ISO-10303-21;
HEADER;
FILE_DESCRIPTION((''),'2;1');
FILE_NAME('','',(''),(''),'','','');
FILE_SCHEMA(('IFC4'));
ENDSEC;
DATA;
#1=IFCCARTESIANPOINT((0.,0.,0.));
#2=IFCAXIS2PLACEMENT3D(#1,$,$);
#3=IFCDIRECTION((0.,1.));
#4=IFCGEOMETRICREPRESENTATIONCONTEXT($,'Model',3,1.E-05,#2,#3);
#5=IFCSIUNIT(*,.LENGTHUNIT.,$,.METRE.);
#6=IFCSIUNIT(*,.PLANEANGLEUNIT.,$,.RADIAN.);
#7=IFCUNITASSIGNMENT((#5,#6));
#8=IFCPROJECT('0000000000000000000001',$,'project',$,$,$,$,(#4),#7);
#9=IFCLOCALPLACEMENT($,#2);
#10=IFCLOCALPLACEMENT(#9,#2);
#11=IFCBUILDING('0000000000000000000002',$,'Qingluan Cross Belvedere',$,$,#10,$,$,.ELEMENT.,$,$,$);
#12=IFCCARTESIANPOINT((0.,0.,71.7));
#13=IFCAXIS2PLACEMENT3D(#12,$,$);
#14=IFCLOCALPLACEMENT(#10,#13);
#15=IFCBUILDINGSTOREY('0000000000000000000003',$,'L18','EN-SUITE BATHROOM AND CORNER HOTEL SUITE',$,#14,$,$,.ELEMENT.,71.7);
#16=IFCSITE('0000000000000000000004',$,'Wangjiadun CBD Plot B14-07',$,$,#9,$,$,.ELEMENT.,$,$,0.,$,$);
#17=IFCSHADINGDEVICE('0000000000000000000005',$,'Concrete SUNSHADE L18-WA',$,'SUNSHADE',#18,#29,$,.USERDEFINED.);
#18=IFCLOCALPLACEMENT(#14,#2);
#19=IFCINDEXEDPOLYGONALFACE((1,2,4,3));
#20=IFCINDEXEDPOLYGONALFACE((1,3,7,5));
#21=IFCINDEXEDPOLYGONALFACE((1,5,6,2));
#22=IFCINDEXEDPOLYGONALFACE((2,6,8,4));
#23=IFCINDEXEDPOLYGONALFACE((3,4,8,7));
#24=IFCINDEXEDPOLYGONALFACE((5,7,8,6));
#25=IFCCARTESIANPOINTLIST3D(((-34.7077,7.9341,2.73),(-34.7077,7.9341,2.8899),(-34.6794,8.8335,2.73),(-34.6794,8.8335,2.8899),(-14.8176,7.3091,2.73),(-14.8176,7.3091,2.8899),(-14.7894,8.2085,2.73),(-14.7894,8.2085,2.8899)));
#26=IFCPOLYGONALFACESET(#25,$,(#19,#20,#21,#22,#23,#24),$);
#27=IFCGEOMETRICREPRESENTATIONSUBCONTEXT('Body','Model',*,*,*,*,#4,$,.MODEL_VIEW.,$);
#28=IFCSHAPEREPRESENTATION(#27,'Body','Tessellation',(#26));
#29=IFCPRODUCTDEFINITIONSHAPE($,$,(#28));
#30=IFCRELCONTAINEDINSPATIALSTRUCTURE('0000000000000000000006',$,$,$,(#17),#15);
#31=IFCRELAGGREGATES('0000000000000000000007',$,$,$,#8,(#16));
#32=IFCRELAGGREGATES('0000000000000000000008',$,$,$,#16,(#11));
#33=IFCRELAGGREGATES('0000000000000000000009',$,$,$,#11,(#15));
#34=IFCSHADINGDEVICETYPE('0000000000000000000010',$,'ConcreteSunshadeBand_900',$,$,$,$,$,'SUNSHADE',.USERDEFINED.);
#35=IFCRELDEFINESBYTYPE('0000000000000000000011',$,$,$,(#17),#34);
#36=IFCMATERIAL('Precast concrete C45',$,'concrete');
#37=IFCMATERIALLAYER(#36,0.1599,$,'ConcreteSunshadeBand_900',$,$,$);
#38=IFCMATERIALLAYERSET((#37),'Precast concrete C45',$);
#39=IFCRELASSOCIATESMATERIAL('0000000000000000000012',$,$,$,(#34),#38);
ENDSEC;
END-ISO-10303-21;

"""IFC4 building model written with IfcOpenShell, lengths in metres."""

from ifc_helpers import new_model, si_unit, direction, frame, origin, origin_2d, place, context, subcontext, project, spatial, rectangle, extrude, material, layer, layer_set, type_object, element, save


model = new_model("IFC4")

# Units and contexts
model_context = context("Model", 3, precision=1e-05, world=origin(), true_north=direction((0.0, 1.0)))
body_context = subcontext(model_context, "Body", "Model", "MODEL_VIEW")
ifc_project = project(units=[si_unit("LENGTHUNIT", "METRE"), si_unit("PLANEANGLEUNIT", "RADIAN")], contexts=[model_context])

# Site, building, storey
site_placement = place(None, origin())
site = spatial("IfcSite", under=ifc_project, at=site_placement, Name="Wangjiadun CBD Plot B14-07", CompositionType="ELEMENT", RefElevation=0.0)
building_placement = place(site_placement, origin())
building = spatial("IfcBuilding", under=site, at=building_placement, Name="Qingluan Cross Belvedere", CompositionType="ELEMENT")
storey_placement = place(building_placement, frame((0.0, 0.0, 71.7)))
storey = spatial("IfcBuildingStorey", under=building, at=storey_placement, Name="L18", Description="EN-SUITE BATHROOM AND CORNER HOTEL SUITE", CompositionType="ELEMENT", Elevation=71.7)

# Shading device
ifc_material_1 = material(Name="Precast concrete C45", Category="concrete")
ifc_layer_1 = layer(ifc_material_1, 0.1599, Name="ConcreteSunshadeBand_900")
ifc_layer_set_1 = layer_set([ifc_layer_1], Name="Precast concrete C45")
shading_device_type = type_object("IfcShadingDeviceType", Name="ConcreteSunshadeBand_900", ElementType="SUNSHADE", PredefinedType="USERDEFINED", material=ifc_layer_set_1)
shading_device_placement = place(storey_placement, frame((-24.7485, 8.0713, 2.73), z_axis=(0.0, 0.0, 1.0), x_axis=(-0.999507, 0.031408, 0.0)))
element("IfcShadingDevice", 1, at=shading_device_placement, inside=storey, type_object=shading_device_type, Name="Concrete SUNSHADE L18-WA", ObjectType="SUNSHADE", PredefinedType="USERDEFINED", context=body_context, shape_type="SweptSolid", body=[
    extrude(rectangle(XDim=19.8999, YDim=0.8999, at=origin_2d()), origin(), (0.0, 0.0, 1.0), 0.1599),
])

save(model, "model.ifc")
